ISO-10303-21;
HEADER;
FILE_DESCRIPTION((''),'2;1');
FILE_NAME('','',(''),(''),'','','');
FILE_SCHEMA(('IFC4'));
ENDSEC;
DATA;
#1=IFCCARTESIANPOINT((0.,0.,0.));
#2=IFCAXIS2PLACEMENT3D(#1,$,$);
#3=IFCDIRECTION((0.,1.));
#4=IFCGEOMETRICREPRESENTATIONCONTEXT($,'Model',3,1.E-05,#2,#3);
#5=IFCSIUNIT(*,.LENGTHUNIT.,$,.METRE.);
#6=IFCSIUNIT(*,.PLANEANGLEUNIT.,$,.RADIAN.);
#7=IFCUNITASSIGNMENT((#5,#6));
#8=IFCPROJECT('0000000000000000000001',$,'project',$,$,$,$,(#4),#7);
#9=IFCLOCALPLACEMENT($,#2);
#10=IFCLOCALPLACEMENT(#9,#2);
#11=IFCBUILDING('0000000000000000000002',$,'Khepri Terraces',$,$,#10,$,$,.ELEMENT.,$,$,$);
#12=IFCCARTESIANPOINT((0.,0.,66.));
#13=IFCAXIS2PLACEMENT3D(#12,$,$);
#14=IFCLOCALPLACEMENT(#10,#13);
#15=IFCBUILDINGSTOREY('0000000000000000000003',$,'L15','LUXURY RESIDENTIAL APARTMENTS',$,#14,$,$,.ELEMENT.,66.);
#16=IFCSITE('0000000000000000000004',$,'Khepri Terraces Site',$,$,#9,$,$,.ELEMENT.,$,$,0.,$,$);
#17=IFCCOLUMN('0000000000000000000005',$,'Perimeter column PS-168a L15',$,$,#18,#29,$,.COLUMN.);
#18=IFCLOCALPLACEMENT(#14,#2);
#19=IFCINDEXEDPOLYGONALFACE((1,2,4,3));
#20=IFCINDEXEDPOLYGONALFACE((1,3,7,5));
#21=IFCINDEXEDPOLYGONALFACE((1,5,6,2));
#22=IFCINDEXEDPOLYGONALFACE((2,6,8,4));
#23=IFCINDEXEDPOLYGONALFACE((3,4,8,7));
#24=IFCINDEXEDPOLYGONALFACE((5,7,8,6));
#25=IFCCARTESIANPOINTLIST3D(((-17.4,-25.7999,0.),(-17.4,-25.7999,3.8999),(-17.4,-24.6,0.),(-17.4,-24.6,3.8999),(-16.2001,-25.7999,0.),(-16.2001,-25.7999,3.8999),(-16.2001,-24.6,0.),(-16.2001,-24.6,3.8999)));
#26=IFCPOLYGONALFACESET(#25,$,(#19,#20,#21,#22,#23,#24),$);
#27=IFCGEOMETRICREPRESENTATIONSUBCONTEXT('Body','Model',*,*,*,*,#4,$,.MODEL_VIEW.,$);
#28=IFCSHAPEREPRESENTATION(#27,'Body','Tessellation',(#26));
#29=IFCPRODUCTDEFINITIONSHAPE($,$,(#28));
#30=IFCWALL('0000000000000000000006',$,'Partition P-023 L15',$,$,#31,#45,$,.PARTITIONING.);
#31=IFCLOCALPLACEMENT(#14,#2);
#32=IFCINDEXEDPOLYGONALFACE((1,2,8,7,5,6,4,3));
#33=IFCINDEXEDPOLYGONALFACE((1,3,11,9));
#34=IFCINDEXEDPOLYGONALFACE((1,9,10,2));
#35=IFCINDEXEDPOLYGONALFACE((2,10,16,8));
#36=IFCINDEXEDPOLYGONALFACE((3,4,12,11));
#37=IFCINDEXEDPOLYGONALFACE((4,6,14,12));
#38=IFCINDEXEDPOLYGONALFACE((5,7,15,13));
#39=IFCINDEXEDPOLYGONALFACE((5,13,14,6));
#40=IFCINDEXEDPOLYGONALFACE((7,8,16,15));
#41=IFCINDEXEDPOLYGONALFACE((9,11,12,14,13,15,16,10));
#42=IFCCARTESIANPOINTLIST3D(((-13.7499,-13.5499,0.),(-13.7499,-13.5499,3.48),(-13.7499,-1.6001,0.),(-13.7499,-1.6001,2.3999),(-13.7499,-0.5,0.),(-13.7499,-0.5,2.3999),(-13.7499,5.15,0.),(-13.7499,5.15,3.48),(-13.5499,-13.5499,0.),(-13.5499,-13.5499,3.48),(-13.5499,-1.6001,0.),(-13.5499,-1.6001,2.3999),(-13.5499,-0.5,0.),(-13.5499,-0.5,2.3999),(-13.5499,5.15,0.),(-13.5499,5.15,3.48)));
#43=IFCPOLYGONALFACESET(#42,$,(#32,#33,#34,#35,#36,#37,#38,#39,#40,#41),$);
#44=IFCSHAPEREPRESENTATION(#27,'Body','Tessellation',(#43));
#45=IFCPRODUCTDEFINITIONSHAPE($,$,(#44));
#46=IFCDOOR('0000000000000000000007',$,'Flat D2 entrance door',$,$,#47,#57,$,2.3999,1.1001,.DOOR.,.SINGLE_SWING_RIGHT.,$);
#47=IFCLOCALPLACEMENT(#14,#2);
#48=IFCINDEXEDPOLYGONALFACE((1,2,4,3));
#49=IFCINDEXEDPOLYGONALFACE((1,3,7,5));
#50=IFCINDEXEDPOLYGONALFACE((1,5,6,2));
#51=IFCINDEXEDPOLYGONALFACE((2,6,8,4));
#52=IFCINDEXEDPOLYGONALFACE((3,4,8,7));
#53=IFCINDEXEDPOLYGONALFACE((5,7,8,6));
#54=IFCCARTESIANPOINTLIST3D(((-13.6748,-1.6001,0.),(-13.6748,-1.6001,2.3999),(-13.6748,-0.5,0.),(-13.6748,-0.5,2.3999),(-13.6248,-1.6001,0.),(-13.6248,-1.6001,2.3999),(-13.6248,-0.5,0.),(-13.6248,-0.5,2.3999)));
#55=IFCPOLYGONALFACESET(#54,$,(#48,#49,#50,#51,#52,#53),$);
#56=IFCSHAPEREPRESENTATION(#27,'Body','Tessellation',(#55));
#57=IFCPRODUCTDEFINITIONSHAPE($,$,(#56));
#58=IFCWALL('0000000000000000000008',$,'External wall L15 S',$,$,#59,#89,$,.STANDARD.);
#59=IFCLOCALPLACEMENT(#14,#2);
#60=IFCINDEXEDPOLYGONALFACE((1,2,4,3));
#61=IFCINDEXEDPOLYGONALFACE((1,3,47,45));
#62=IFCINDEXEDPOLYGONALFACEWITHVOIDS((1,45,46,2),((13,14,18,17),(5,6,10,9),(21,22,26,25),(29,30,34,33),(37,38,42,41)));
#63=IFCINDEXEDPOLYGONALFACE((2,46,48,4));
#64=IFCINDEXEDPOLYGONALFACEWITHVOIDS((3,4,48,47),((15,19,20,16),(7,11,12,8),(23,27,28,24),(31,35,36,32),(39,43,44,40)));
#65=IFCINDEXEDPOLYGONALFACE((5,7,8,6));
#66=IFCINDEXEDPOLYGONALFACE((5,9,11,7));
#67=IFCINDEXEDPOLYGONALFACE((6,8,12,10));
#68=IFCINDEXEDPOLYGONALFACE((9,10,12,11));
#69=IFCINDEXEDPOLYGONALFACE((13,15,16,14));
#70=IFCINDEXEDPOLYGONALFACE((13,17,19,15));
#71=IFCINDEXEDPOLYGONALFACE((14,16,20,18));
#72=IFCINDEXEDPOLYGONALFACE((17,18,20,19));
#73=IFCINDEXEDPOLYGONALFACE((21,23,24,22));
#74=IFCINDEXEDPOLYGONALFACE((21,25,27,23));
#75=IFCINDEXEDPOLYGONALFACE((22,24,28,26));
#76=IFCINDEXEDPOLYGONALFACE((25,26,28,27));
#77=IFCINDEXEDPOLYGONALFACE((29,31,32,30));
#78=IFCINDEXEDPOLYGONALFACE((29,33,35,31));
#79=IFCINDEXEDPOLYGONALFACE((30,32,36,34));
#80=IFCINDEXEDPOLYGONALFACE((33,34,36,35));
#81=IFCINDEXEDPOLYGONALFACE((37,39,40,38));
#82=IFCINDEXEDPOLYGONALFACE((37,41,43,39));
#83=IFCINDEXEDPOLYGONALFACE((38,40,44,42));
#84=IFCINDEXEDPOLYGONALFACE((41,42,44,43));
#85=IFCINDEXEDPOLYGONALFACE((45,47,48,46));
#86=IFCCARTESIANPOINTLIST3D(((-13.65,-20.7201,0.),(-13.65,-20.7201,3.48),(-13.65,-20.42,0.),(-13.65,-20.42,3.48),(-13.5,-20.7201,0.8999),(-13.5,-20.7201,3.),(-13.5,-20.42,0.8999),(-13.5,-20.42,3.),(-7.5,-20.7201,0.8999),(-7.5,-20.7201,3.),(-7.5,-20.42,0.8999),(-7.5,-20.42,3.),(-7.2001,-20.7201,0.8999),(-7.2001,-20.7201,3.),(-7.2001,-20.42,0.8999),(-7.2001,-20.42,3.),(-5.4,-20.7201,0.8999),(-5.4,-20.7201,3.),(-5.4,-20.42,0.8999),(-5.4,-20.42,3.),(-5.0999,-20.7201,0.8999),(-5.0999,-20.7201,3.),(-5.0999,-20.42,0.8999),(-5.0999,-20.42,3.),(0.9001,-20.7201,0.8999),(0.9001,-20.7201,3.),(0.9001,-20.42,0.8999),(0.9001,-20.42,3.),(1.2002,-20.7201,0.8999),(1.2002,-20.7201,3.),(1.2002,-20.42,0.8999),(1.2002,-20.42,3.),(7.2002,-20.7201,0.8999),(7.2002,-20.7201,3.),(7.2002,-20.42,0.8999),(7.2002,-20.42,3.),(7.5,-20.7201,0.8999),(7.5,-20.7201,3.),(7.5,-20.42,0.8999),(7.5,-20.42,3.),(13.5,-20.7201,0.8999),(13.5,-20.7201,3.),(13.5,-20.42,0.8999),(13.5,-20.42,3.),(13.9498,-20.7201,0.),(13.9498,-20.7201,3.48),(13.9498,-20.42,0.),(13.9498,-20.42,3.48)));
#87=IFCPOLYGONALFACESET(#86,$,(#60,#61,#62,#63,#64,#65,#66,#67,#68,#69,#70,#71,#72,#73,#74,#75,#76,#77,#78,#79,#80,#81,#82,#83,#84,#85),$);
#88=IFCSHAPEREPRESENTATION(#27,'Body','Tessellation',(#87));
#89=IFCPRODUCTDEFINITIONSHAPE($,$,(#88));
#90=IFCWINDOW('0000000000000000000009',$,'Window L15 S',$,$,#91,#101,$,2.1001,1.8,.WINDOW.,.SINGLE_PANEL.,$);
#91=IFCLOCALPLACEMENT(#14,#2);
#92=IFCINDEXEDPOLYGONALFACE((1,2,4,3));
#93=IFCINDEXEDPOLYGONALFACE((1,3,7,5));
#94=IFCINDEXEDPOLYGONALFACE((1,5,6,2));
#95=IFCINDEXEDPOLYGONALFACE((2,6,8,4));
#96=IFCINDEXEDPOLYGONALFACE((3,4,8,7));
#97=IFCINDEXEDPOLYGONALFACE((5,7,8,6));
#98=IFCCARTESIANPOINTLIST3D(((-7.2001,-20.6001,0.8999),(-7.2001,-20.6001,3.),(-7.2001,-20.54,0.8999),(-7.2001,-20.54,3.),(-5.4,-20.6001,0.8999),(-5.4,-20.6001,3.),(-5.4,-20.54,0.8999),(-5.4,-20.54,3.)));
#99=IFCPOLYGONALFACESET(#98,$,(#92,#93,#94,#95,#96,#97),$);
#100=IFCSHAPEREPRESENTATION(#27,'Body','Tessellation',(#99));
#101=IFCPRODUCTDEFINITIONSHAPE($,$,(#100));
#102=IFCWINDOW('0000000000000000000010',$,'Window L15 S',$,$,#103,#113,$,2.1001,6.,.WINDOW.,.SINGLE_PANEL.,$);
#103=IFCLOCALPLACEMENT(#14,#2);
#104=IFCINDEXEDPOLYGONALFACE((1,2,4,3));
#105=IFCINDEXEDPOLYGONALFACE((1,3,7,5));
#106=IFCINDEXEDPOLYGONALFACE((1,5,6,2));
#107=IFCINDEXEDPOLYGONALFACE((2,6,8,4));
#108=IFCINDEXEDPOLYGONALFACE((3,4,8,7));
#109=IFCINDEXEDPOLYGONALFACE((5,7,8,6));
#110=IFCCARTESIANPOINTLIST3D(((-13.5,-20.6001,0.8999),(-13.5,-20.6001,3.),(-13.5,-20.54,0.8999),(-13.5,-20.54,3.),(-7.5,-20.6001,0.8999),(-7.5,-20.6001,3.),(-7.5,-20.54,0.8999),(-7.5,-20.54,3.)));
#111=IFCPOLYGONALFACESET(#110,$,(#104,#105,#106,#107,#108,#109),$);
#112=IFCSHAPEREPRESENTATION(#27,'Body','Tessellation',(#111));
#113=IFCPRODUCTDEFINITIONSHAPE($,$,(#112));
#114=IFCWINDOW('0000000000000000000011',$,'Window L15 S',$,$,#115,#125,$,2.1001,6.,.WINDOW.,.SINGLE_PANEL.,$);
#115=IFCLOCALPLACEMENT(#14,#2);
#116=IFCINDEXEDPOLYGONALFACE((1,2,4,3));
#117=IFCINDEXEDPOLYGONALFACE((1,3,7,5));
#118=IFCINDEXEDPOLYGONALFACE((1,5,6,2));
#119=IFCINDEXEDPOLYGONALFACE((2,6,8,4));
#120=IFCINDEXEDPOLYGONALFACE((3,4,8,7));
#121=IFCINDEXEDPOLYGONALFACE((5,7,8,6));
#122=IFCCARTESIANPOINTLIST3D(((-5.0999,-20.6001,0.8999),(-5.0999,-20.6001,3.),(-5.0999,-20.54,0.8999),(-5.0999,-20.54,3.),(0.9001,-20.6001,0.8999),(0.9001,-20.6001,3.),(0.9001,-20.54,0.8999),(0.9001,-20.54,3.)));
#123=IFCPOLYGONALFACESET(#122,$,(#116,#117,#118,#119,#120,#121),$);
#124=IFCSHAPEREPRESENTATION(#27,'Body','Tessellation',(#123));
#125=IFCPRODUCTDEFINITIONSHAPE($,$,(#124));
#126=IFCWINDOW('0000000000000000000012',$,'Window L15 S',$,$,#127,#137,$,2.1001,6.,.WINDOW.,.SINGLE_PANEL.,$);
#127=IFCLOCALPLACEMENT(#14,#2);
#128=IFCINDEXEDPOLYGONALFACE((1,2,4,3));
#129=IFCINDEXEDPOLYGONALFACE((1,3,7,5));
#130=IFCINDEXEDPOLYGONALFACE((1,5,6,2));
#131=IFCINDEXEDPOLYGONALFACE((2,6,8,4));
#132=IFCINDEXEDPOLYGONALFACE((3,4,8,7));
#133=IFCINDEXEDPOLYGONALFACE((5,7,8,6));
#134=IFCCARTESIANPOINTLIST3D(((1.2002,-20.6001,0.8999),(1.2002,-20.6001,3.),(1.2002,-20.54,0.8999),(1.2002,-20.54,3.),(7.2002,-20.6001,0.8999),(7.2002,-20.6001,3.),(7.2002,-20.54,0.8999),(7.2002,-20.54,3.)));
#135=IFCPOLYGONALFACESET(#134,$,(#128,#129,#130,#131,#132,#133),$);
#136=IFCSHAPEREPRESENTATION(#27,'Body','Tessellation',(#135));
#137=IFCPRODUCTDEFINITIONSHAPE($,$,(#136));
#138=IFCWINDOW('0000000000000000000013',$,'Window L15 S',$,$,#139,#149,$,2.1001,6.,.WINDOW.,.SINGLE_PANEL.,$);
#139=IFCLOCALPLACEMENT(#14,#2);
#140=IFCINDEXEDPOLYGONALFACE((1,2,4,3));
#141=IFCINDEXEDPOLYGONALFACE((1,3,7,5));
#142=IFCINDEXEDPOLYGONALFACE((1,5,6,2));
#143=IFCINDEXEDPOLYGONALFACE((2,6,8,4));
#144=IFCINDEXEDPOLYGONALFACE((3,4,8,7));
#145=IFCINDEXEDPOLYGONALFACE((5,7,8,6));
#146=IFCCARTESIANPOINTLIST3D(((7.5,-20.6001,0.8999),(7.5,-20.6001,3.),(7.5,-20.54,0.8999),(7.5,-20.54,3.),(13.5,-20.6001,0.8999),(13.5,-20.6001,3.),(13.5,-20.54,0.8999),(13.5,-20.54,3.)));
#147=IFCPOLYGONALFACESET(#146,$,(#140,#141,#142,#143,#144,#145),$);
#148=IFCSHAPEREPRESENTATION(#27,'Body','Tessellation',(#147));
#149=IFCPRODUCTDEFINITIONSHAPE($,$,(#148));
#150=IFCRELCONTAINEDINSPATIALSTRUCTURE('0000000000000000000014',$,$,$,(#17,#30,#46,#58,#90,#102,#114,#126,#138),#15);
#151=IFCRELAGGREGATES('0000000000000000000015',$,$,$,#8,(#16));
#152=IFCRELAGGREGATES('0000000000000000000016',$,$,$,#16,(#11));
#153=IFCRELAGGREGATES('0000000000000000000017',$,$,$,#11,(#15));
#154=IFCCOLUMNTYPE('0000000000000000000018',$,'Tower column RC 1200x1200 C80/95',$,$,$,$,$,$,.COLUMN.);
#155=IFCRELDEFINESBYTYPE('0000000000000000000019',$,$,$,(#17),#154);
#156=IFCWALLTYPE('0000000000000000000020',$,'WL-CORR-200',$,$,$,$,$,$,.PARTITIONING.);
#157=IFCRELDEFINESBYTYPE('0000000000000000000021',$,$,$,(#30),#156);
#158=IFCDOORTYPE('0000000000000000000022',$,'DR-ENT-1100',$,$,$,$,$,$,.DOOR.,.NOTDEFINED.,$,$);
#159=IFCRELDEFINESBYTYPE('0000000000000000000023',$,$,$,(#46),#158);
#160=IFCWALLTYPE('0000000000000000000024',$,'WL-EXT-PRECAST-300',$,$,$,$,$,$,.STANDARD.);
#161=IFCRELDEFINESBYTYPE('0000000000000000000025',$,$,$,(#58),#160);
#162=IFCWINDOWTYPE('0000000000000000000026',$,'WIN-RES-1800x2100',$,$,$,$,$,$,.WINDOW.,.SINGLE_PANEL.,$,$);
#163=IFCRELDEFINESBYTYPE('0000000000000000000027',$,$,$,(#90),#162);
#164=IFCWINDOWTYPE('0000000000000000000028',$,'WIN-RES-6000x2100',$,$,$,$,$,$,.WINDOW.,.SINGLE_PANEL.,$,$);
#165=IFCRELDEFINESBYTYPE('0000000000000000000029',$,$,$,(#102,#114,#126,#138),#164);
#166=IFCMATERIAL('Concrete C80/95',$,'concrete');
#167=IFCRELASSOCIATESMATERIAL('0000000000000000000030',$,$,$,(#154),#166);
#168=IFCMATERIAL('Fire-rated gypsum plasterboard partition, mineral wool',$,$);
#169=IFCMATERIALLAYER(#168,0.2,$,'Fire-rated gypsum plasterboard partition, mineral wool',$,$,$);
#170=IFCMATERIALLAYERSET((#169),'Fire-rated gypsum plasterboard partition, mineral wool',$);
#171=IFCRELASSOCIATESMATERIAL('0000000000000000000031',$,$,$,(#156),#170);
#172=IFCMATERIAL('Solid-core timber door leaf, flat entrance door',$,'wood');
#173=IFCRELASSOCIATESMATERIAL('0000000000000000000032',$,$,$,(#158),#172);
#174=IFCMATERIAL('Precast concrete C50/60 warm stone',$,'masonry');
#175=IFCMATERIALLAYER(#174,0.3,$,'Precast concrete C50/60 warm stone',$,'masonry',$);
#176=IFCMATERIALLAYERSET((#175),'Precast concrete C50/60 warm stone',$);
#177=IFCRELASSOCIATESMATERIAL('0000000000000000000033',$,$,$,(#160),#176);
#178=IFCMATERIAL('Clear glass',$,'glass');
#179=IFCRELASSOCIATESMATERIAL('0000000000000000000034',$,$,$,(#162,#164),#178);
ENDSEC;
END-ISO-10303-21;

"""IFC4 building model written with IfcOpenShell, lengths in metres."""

from ifc_helpers import new_model, si_unit, direction, frame, frame_2d, origin, origin_2d, place, context, subcontext, project, spatial, rectangle, extrude, material, layer, layer_set, material_profile, profile_set, type_object, element, fill, save


model = new_model("IFC4")

# Units and contexts
model_context = context("Model", 3, precision=1e-05, world=origin(), true_north=direction((0.0, 1.0)))
body_context = subcontext(model_context, "Body", "Model", "MODEL_VIEW")
ifc_project = project(units=[si_unit("LENGTHUNIT", "METRE"), si_unit("PLANEANGLEUNIT", "RADIAN")], contexts=[model_context])

# Site, building, storey
site_placement = place(None, origin())
site = spatial("IfcSite", under=ifc_project, at=site_placement, Name="Khepri Terraces Site", CompositionType="ELEMENT", RefElevation=0.0)
building_placement = place(site_placement, origin())
building = spatial("IfcBuilding", under=site, at=building_placement, Name="Khepri Terraces", CompositionType="ELEMENT")
storey_placement = place(building_placement, frame((0.0, 0.0, 66.0)))
storey = spatial("IfcBuildingStorey", under=building, at=storey_placement, Name="L15", Description="LUXURY RESIDENTIAL APARTMENTS", CompositionType="ELEMENT", Elevation=66.0)

# Column
ifc_material_1 = material(Name="Concrete C80/95", Category="concrete")
ifc_material_profile = material_profile(ifc_material_1, rectangle(XDim=1.2, YDim=1.2, at=origin_2d()), Name="Concrete C80/95", Category="concrete")
ifc_profile_set = profile_set([ifc_material_profile], Name="Concrete C80/95")
column_type = type_object("IfcColumnType", Name="Tower column RC 1200x1200 C80/95", PredefinedType="COLUMN", material=ifc_profile_set)
column_placement = place(storey_placement, frame((-16.8, -25.2, 0.0), z_axis=(0.0, 0.0, 1.0), x_axis=(1.0, 0.0, 0.0)))
element("IfcColumn", 1, at=column_placement, inside=storey, type_object=column_type, Name="Perimeter column PS-168a L15", PredefinedType="COLUMN", context=body_context, shape_type="SweptSolid", body=[
    extrude(rectangle(XDim=1.2, YDim=1.2, at=origin_2d()), origin(), (0.0, 0.0, 1.0), 3.8999),
])

# Wall, opening, door
ifc_material_2 = material(Name="Fire-rated gypsum plasterboard partition, mineral wool")
ifc_layer_1 = layer(ifc_material_2, 0.2, Name="Fire-rated gypsum plasterboard partition, mineral wool")
ifc_layer_set_1 = layer_set([ifc_layer_1], Name="Fire-rated gypsum plasterboard partition, mineral wool")
wall_type_1 = type_object("IfcWallType", Name="WL-CORR-200", PredefinedType="PARTITIONING", material=ifc_layer_set_1)
wall_1_placement = place(storey_placement, frame((-13.6499, -13.55, 0.0), z_axis=(0.0, 0.0, 1.0), x_axis=(0.0, 1.0, 0.0)))
wall_1 = element("IfcWall", 2, at=wall_1_placement, inside=storey, type_object=wall_type_1, Name="Partition P-023 L15", PredefinedType="PARTITIONING", context=body_context, shape_type="SweptSolid", body=[
    extrude(rectangle(XDim=18.7, YDim=0.2, at=frame_2d((9.3501, 0.0))), origin(), (0.0, 0.0, 1.0), 3.48),
])
opening_1_placement = place(wall_1_placement, frame((11.95, 0.0, 0.0)))
opening_1 = element("IfcOpeningElement", 3, at=opening_1_placement, cuts=wall_1, PredefinedType="OPENING", context=body_context, shape_type="SweptSolid", body=[
    extrude(rectangle(XDim=1.1001, YDim=2.3999, at=frame_2d((0.55, 1.2))), frame((0.0, 0.1099, 0.0), z_axis=(0.0, -1.0, 0.0), x_axis=(1.0, 0.0, 0.0)), (0.0, 0.0, 1.0), 0.22),
])
ifc_material_3 = material(Name="Solid-core timber door leaf, flat entrance door", Category="wood")
door_type_1 = type_object("IfcDoorType", Name="DR-ENT-1100", OperationType="NOTDEFINED", PredefinedType="DOOR", material=ifc_material_3)
door_1_placement = place(opening_1_placement, origin())
door_1 = element("IfcDoor", 4, at=door_1_placement, inside=storey, type_object=door_type_1, Name="Flat D2 entrance door", OperationType="SINGLE_SWING_RIGHT", OverallHeight=2.3999, OverallWidth=1.1001, PredefinedType="DOOR", context=body_context, shape_type="SweptSolid", body=[
    extrude(rectangle(XDim=1.1001, YDim=2.3999, at=frame_2d((0.55, 1.2))), frame((0.0, 0.0249, 0.0), z_axis=(0.0, -1.0, 0.0), x_axis=(1.0, 0.0, 0.0)), (0.0, 0.0, 1.0), 0.05),
])
fill(opening_1, door_1)
ifc_material_4 = material(Name="Precast concrete C50/60 warm stone", Category="masonry")
ifc_layer_2 = layer(ifc_material_4, 0.3, Name="Precast concrete C50/60 warm stone", Category="masonry")
ifc_layer_set_2 = layer_set([ifc_layer_2], Name="Precast concrete C50/60 warm stone")
wall_type_2 = type_object("IfcWallType", Name="WL-EXT-PRECAST-300", PredefinedType="STANDARD", material=ifc_layer_set_2)

# Wall, openings, windows
wall_2_placement = place(storey_placement, frame((-13.6499, -20.5701, 0.0), z_axis=(0.0, 0.0, 1.0), x_axis=(1.0, 0.0, 0.0)))
wall_2 = element("IfcWall", 5, at=wall_2_placement, inside=storey, type_object=wall_type_2, Name="External wall L15 S", PredefinedType="STANDARD", context=body_context, shape_type="SweptSolid", body=[
    extrude(rectangle(XDim=27.5999, YDim=0.3, at=frame_2d((13.7998, 0.0))), origin(), (0.0, 0.0, 1.0), 3.48),
])
opening_2_placement = place(wall_2_placement, frame((0.1499, 0.0, 0.8999)))
opening_2 = element("IfcOpeningElement", 6, at=opening_2_placement, cuts=wall_2, PredefinedType="OPENING", context=body_context, shape_type="SweptSolid", body=[
    extrude(rectangle(XDim=6.0, YDim=2.1001, at=frame_2d((3.0, 1.05))), frame((0.0, 0.1602, 0.0), z_axis=(0.0, -1.0, 0.0), x_axis=(1.0, 0.0, 0.0)), (0.0, 0.0, 1.0), 0.3201),
])
opening_3_placement = place(wall_2_placement, frame((6.45, 0.0, 0.8999)))
opening_3 = element("IfcOpeningElement", 7, at=opening_3_placement, cuts=wall_2, PredefinedType="OPENING", context=body_context, shape_type="SweptSolid", body=[
    extrude(rectangle(XDim=1.8, YDim=2.1001, at=frame_2d((0.8999, 1.05))), frame((0.0, 0.1602, 0.0), z_axis=(0.0, -1.0, 0.0), x_axis=(1.0, 0.0, 0.0)), (0.0, 0.0, 1.0), 0.3201),
])
opening_4_placement = place(wall_2_placement, frame((8.55, 0.0, 0.8999)))
opening_4 = element("IfcOpeningElement", 8, at=opening_4_placement, cuts=wall_2, PredefinedType="OPENING", context=body_context, shape_type="SweptSolid", body=[
    extrude(rectangle(XDim=6.0, YDim=2.1001, at=frame_2d((3.0, 1.05))), frame((0.0, 0.1602, 0.0), z_axis=(0.0, -1.0, 0.0), x_axis=(1.0, 0.0, 0.0)), (0.0, 0.0, 1.0), 0.3201),
])
opening_5_placement = place(wall_2_placement, frame((14.8501, 0.0, 0.8999)))
opening_5 = element("IfcOpeningElement", 9, at=opening_5_placement, cuts=wall_2, PredefinedType="OPENING", context=body_context, shape_type="SweptSolid", body=[
    extrude(rectangle(XDim=6.0, YDim=2.1001, at=frame_2d((3.0, 1.05))), frame((0.0, 0.1602, 0.0), z_axis=(0.0, -1.0, 0.0), x_axis=(1.0, 0.0, 0.0)), (0.0, 0.0, 1.0), 0.3201),
])
opening_6_placement = place(wall_2_placement, frame((21.1499, 0.0, 0.8999)))
opening_6 = element("IfcOpeningElement", 10, at=opening_6_placement, cuts=wall_2, PredefinedType="OPENING", context=body_context, shape_type="SweptSolid", body=[
    extrude(rectangle(XDim=6.0, YDim=2.1001, at=frame_2d((3.0, 1.05))), frame((0.0, 0.1602, 0.0), z_axis=(0.0, -1.0, 0.0), x_axis=(1.0, 0.0, 0.0)), (0.0, 0.0, 1.0), 0.3201),
])
ifc_material_5 = material(Name="Clear glass", Category="glass")
window_type_1 = type_object("IfcWindowType", Name="WIN-RES-1800x2100", PartitioningType="SINGLE_PANEL", PredefinedType="WINDOW", material=ifc_material_5)
window_1_placement = place(opening_3_placement, origin())
window_1 = element("IfcWindow", 11, at=window_1_placement, inside=storey, type_object=window_type_1, Name="Window L15 S", OverallHeight=2.1001, OverallWidth=1.8, PartitioningType="SINGLE_PANEL", PredefinedType="WINDOW", context=body_context, shape_type="SweptSolid", body=[
    extrude(rectangle(XDim=1.8, YDim=2.1001, at=frame_2d((0.8999, 1.05))), frame((0.0, 0.03, 0.0), z_axis=(0.0, -1.0, 0.0), x_axis=(1.0, 0.0, 0.0)), (0.0, 0.0, 1.0), 0.0601),
])
fill(opening_3, window_1)
window_type_2 = type_object("IfcWindowType", Name="WIN-RES-6000x2100", PartitioningType="SINGLE_PANEL", PredefinedType="WINDOW", material=ifc_material_5)
window_2_placement = place(opening_2_placement, origin())
window_2 = element("IfcWindow", 12, at=window_2_placement, inside=storey, type_object=window_type_2, Name="Window L15 S", OverallHeight=2.1001, OverallWidth=6.0, PartitioningType="SINGLE_PANEL", PredefinedType="WINDOW", context=body_context, shape_type="SweptSolid", body=[
    extrude(rectangle(XDim=6.0, YDim=2.1001, at=frame_2d((3.0, 1.05))), frame((0.0, 0.03, 0.0), z_axis=(0.0, -1.0, 0.0), x_axis=(1.0, 0.0, 0.0)), (0.0, 0.0, 1.0), 0.0601),
])
fill(opening_2, window_2)
window_3_placement = place(opening_4_placement, origin())
window_3 = element("IfcWindow", 13, at=window_3_placement, inside=storey, type_object=window_type_2, Name="Window L15 S", OverallHeight=2.1001, OverallWidth=6.0, PartitioningType="SINGLE_PANEL", PredefinedType="WINDOW", context=body_context, shape_type="SweptSolid", body=[
    extrude(rectangle(XDim=6.0, YDim=2.1001, at=frame_2d((3.0, 1.05))), frame((0.0, 0.03, 0.0), z_axis=(0.0, -1.0, 0.0), x_axis=(1.0, 0.0, 0.0)), (0.0, 0.0, 1.0), 0.0601),
])
fill(opening_4, window_3)
window_4_placement = place(opening_5_placement, origin())
window_4 = element("IfcWindow", 14, at=window_4_placement, inside=storey, type_object=window_type_2, Name="Window L15 S", OverallHeight=2.1001, OverallWidth=6.0, PartitioningType="SINGLE_PANEL", PredefinedType="WINDOW", context=body_context, shape_type="SweptSolid", body=[
    extrude(rectangle(XDim=6.0, YDim=2.1001, at=frame_2d((3.0, 1.05))), frame((0.0, 0.03, 0.0), z_axis=(0.0, -1.0, 0.0), x_axis=(1.0, 0.0, 0.0)), (0.0, 0.0, 1.0), 0.0601),
])
fill(opening_5, window_4)
window_5_placement = place(opening_6_placement, origin())
window_5 = element("IfcWindow", 15, at=window_5_placement, inside=storey, type_object=window_type_2, Name="Window L15 S", OverallHeight=2.1001, OverallWidth=6.0, PartitioningType="SINGLE_PANEL", PredefinedType="WINDOW", context=body_context, shape_type="SweptSolid", body=[
    extrude(rectangle(XDim=6.0, YDim=2.1001, at=frame_2d((3.0, 1.05))), frame((0.0, 0.03, 0.0), z_axis=(0.0, -1.0, 0.0), x_axis=(1.0, 0.0, 0.0)), (0.0, 0.0, 1.0), 0.0601),
])
fill(opening_6, window_5)

save(model, "model.ifc")
